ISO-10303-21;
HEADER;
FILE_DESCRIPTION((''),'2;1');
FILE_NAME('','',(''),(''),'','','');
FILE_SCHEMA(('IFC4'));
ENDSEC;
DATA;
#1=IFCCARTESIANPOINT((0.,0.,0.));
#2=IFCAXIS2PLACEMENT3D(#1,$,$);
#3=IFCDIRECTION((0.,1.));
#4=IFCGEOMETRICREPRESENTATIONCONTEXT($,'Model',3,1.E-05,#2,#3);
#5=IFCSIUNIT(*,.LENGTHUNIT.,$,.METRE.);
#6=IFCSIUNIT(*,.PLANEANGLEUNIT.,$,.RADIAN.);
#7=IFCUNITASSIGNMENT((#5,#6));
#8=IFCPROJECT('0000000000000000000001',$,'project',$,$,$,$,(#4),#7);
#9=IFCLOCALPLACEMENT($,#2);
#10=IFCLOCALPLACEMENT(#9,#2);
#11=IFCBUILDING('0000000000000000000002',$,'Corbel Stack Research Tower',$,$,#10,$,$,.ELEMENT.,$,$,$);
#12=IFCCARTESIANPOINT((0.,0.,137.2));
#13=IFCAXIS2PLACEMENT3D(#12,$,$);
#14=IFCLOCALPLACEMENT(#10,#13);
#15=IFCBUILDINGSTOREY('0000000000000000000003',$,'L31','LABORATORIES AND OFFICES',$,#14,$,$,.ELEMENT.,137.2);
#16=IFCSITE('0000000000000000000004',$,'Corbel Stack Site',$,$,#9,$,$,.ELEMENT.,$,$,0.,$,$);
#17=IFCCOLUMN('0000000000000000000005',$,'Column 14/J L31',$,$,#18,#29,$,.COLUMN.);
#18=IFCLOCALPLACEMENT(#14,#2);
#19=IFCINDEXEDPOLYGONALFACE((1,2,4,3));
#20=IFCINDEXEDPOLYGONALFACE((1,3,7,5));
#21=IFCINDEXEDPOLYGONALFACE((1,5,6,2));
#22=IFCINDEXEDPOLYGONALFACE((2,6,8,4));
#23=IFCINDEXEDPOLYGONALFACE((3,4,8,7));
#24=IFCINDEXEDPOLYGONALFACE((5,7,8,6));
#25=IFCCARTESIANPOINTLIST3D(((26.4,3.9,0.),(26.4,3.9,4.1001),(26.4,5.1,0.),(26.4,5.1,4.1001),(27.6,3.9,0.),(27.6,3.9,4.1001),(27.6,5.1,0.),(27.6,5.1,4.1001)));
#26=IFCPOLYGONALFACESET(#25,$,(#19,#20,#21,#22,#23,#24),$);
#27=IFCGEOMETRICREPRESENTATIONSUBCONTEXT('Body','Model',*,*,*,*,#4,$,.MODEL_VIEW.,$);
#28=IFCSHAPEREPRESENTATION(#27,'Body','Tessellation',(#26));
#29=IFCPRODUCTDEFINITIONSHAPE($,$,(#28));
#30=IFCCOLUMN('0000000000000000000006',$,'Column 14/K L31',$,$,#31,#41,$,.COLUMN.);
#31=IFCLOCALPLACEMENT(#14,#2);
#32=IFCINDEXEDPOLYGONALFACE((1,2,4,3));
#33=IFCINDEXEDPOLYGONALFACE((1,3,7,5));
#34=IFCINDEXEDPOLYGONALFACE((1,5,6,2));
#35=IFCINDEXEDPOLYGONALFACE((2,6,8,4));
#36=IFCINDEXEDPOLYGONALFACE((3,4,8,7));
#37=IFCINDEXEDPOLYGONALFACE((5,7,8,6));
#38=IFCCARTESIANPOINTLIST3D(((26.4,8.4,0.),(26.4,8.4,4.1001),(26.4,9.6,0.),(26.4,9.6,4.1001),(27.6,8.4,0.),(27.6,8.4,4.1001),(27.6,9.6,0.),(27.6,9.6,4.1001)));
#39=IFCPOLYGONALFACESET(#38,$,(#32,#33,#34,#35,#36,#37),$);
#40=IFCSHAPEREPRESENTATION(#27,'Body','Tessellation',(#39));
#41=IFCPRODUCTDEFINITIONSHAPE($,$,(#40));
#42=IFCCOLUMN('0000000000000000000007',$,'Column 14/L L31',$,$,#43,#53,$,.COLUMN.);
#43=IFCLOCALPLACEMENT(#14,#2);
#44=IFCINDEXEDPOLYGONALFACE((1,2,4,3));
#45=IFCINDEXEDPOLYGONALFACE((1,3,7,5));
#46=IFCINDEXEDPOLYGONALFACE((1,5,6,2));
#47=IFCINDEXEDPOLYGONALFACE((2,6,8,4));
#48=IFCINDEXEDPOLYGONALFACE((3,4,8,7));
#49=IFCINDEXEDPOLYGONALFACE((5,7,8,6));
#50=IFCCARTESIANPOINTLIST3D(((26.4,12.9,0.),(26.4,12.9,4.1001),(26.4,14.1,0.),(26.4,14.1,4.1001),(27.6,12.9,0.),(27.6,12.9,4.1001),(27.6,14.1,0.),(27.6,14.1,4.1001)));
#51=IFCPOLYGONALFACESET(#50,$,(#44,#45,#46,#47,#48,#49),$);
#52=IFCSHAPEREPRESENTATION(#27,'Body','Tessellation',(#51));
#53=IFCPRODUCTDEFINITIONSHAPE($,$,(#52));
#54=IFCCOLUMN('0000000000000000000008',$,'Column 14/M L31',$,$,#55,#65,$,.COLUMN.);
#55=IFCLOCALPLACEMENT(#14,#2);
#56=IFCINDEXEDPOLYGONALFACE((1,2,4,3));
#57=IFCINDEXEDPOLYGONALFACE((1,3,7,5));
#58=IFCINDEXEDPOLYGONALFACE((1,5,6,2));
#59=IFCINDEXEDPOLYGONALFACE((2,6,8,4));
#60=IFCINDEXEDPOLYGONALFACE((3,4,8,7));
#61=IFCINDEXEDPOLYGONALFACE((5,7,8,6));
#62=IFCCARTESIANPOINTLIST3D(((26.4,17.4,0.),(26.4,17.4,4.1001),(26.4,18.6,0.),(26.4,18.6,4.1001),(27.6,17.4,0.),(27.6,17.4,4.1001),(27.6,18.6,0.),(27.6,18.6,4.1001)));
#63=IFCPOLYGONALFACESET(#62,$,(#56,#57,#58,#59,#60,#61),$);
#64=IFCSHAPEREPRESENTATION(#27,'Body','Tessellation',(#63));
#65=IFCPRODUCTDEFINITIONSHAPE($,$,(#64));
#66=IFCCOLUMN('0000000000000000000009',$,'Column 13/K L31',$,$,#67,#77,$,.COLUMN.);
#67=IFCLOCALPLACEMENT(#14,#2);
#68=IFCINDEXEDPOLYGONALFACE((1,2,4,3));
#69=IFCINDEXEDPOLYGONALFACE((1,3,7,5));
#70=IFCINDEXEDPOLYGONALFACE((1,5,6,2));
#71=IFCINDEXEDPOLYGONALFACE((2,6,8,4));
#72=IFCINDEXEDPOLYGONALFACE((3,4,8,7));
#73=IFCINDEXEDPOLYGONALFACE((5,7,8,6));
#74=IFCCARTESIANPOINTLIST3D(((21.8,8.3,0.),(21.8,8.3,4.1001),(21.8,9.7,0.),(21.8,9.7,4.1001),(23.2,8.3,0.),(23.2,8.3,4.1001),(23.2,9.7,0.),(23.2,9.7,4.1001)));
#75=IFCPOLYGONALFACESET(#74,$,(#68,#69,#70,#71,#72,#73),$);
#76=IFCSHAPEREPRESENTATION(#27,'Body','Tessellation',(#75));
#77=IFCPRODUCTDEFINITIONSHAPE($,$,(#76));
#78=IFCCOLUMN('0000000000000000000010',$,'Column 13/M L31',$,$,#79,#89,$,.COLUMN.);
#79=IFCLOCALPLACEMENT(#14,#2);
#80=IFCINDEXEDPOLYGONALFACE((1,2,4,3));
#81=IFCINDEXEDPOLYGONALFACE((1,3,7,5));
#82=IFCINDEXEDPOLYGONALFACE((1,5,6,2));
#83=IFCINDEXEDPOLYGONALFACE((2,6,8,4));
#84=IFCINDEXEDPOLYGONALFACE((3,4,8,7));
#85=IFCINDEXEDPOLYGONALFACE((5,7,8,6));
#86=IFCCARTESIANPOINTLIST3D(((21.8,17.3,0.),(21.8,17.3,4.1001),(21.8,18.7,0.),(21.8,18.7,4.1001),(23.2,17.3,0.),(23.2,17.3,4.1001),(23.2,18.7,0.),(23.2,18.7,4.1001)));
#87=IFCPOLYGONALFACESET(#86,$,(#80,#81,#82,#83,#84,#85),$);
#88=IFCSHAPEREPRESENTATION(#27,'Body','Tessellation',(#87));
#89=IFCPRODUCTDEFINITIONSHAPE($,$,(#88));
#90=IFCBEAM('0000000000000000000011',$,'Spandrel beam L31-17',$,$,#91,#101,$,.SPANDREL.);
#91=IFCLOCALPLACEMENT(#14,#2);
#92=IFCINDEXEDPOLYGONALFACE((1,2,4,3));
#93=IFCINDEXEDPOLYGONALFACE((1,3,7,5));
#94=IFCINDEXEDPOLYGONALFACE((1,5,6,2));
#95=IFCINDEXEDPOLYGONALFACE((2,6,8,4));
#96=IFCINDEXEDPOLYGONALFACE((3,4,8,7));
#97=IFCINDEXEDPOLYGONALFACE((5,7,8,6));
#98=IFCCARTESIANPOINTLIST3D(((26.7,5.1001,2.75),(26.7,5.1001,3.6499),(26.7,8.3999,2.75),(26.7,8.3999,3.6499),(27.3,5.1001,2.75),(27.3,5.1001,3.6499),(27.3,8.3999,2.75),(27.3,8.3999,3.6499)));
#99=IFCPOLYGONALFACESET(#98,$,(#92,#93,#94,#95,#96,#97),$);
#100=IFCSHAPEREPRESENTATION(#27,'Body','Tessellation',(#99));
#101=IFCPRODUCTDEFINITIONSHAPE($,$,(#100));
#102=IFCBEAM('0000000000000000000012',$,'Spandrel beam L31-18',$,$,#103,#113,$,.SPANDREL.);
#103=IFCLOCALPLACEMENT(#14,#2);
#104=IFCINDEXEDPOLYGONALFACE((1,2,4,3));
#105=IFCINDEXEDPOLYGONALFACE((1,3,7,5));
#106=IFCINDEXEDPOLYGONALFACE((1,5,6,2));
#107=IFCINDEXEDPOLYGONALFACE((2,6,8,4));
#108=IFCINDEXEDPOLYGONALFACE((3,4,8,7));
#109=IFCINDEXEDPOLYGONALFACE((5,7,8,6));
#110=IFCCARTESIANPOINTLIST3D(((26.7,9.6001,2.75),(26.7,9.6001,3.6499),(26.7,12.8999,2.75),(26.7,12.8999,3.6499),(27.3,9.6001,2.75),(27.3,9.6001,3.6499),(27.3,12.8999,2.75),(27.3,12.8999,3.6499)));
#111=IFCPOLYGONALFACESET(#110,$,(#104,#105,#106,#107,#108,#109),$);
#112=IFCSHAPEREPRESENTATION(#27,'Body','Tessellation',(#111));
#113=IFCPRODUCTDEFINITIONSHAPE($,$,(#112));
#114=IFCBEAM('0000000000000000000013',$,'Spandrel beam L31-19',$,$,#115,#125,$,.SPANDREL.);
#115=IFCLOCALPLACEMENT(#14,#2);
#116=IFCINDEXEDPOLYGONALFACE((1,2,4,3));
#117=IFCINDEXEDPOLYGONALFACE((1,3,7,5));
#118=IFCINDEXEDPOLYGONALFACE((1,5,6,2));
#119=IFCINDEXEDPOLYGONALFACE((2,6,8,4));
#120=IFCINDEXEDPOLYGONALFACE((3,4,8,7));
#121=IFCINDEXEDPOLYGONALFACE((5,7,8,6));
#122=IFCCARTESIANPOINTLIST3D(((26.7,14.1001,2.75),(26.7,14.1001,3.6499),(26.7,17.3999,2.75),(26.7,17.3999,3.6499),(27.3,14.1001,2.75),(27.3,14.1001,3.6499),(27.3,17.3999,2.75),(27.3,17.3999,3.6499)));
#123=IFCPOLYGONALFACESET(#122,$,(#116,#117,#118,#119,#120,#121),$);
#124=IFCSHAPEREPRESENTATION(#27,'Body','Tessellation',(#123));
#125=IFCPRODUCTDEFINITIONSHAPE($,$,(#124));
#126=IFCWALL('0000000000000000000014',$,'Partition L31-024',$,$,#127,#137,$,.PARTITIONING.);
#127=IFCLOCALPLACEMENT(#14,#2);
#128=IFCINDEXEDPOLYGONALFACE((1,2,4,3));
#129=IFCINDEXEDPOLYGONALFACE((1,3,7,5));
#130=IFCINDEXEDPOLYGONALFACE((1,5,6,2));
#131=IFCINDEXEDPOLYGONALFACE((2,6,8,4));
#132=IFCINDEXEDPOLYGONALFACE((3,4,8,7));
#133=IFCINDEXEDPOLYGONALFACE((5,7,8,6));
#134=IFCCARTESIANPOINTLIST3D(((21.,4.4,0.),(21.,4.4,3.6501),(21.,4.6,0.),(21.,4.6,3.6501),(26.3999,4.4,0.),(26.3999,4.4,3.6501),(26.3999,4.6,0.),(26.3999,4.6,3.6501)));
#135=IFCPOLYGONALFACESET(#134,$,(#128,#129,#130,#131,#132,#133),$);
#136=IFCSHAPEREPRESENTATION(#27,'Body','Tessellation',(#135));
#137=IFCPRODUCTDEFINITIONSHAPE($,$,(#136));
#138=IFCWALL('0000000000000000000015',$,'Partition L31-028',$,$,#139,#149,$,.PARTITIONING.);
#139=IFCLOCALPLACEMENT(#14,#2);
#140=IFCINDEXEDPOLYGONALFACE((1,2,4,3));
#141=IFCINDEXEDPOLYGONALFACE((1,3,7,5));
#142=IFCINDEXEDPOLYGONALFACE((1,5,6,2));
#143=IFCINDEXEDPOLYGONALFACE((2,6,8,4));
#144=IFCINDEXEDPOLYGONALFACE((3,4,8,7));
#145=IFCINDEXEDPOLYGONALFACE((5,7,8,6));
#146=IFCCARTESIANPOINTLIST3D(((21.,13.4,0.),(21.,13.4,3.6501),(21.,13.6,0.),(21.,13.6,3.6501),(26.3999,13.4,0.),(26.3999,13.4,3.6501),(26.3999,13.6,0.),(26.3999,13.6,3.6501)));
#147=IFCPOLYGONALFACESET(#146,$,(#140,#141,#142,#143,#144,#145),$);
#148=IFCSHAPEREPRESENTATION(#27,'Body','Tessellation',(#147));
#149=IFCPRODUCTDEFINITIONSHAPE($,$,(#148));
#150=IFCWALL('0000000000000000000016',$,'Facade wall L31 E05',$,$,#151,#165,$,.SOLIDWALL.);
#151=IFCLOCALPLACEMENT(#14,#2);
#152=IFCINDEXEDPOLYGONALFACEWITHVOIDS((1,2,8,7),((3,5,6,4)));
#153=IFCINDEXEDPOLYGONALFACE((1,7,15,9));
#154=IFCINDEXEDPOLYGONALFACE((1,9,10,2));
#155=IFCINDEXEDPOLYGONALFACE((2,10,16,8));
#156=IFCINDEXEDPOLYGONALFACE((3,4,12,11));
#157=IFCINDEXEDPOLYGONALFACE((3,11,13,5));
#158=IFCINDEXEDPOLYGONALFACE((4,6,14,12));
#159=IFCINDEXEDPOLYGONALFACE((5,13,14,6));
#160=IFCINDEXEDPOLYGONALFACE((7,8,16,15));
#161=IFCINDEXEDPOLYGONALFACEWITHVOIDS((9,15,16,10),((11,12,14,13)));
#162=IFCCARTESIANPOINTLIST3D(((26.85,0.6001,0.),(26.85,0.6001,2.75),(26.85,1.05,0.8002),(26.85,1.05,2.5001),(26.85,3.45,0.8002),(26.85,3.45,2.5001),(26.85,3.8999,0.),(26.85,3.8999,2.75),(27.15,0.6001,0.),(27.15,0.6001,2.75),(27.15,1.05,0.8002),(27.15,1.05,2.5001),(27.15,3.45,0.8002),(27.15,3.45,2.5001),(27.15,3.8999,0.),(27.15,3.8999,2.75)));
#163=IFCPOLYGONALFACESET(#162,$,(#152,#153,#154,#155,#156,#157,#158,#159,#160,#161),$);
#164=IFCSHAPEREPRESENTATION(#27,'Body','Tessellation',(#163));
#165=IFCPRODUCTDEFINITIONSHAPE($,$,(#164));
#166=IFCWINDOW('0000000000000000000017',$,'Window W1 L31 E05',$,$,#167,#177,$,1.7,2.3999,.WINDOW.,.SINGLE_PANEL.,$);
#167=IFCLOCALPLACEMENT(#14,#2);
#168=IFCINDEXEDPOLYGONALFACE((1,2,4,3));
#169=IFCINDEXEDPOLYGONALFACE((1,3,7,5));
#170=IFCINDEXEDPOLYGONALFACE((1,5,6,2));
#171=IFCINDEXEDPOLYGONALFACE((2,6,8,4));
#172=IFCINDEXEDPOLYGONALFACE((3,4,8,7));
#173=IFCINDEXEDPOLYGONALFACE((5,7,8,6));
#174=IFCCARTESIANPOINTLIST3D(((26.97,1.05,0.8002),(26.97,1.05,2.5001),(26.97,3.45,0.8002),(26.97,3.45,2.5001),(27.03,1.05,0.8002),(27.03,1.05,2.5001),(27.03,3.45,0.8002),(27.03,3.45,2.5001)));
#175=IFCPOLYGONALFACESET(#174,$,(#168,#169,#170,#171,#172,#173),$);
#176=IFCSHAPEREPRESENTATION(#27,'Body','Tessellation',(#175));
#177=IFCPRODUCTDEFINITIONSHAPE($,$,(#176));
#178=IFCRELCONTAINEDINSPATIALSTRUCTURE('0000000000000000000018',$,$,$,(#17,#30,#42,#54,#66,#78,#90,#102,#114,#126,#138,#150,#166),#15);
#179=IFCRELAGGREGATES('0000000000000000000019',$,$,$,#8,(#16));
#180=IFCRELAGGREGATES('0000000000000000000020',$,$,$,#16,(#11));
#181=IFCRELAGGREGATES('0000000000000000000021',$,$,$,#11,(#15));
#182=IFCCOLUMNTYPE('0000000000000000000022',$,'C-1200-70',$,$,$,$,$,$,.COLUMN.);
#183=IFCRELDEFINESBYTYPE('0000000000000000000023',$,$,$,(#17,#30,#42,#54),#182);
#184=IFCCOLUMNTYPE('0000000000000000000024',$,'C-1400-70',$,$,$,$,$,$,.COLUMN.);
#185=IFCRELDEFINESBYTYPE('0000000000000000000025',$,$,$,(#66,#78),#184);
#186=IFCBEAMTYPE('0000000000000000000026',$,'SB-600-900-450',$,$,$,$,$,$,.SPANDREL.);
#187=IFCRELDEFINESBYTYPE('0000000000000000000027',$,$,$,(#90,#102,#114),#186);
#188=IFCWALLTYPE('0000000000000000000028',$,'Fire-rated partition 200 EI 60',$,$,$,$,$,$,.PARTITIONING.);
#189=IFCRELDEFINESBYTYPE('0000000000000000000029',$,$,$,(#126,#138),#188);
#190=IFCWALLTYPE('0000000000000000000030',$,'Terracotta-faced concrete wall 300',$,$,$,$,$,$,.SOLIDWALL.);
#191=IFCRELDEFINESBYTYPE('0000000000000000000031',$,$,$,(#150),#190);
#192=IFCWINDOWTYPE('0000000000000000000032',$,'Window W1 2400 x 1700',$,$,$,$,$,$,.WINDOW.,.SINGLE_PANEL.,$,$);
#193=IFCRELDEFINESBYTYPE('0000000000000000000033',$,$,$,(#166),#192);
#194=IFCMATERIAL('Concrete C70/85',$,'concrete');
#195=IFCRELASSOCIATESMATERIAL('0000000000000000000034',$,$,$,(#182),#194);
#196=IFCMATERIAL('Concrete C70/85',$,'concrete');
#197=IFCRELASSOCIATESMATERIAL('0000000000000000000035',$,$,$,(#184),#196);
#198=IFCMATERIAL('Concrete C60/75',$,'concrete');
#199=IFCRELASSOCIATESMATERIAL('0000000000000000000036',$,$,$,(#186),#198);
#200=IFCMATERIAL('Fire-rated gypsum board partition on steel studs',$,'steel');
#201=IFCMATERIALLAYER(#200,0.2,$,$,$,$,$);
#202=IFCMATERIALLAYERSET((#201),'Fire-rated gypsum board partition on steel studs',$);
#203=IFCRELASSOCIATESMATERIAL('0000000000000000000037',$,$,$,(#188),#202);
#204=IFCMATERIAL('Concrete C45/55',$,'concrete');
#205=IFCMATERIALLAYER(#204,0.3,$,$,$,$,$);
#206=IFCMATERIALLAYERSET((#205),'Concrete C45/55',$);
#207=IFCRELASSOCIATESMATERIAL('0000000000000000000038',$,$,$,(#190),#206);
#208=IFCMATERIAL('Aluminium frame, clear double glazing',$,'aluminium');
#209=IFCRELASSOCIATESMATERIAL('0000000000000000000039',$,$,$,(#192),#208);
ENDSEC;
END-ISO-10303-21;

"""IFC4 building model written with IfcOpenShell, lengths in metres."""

from ifc_helpers import new_model, si_unit, direction, frame, frame_2d, origin, origin_2d, place, context, subcontext, project, spatial, rectangle, extrude, material, layer, layer_set, material_profile, profile_set, type_object, element, fill, save


model = new_model("IFC4")

# Units and contexts
model_context = context("Model", 3, precision=1e-05, world=origin(), true_north=direction((0.0, 1.0)))
body_context = subcontext(model_context, "Body", "Model", "MODEL_VIEW")
ifc_project = project(units=[si_unit("LENGTHUNIT", "METRE"), si_unit("PLANEANGLEUNIT", "RADIAN")], contexts=[model_context])

# Site, building, storey
site_placement = place(None, origin())
site = spatial("IfcSite", under=ifc_project, at=site_placement, Name="Corbel Stack Site", CompositionType="ELEMENT", RefElevation=0.0)
building_placement = place(site_placement, origin())
building = spatial("IfcBuilding", under=site, at=building_placement, Name="Corbel Stack Research Tower", CompositionType="ELEMENT")
storey_placement = place(building_placement, frame((0.0, 0.0, 137.2)))
storey = spatial("IfcBuildingStorey", under=building, at=storey_placement, Name="L31", Description="LABORATORIES AND OFFICES", CompositionType="ELEMENT", Elevation=137.2)

# Columns
ifc_material_1 = material(Name="Concrete C70/85", Category="concrete")
ifc_material_profile_1 = material_profile(ifc_material_1, rectangle(XDim=1.2, YDim=1.2, at=origin_2d()), Name="RC 1200 x 1200")
ifc_profile_set_1 = profile_set([ifc_material_profile_1], Name="Concrete C70/85")
column_type_1 = type_object("IfcColumnType", Name="C-1200-70", PredefinedType="COLUMN", material=ifc_profile_set_1)
for number, where, z_axis, x_axis, name in (
    (1, (27.0, 4.5, 0.0), (0.0, 0.0, 1.0), (1.0, 0.0, 0.0), "Column 14/J L31"),
    (2, (27.0, 9.0, 0.0), (0.0, 0.0, 1.0), (1.0, 0.0, 0.0), "Column 14/K L31"),
    (3, (27.0, 13.5, 0.0), (0.0, 0.0, 1.0), (1.0, 0.0, 0.0), "Column 14/L L31"),
    (4, (27.0, 18.0, 0.0), (0.0, 0.0, 1.0), (1.0, 0.0, 0.0), "Column 14/M L31"),
):
    element("IfcColumn", number, at=place(storey_placement, frame(where, z_axis=z_axis, x_axis=x_axis)), inside=storey, type_object=column_type_1, Name=name, PredefinedType="COLUMN", context=body_context, shape_type="SweptSolid", body=[
        extrude(rectangle(XDim=1.2, YDim=1.2, at=origin_2d()), origin(), (0.0, 0.0, 1.0), 4.1001),
    ])
ifc_material_2 = material(Name="Concrete C70/85", Category="concrete")
ifc_material_profile_2 = material_profile(ifc_material_2, rectangle(XDim=1.3999, YDim=1.3999, at=origin_2d()), Name="RC 1400 x 1400")
ifc_profile_set_2 = profile_set([ifc_material_profile_2], Name="Concrete C70/85")
column_type_2 = type_object("IfcColumnType", Name="C-1400-70", PredefinedType="COLUMN", material=ifc_profile_set_2)
for number, where, z_axis, x_axis, name in (
    (5, (22.5, 9.0, 0.0), (0.0, 0.0, 1.0), (1.0, 0.0, 0.0), "Column 13/K L31"),
    (6, (22.5, 18.0, 0.0), (0.0, 0.0, 1.0), (1.0, 0.0, 0.0), "Column 13/M L31"),
):
    element("IfcColumn", number, at=place(storey_placement, frame(where, z_axis=z_axis, x_axis=x_axis)), inside=storey, type_object=column_type_2, Name=name, PredefinedType="COLUMN", context=body_context, shape_type="SweptSolid", body=[
        extrude(rectangle(XDim=1.3999, YDim=1.3999, at=origin_2d()), origin(), (0.0, 0.0, 1.0), 4.1001),
    ])

# Beams
ifc_material_3 = material(Name="Concrete C60/75", Category="concrete")
ifc_material_profile_3 = material_profile(ifc_material_3, rectangle(XDim=0.6001, YDim=0.8999, at=origin_2d()), Name="RC 600 x 900")
ifc_profile_set_3 = profile_set([ifc_material_profile_3], Name="Concrete C60/75")
beam_type = type_object("IfcBeamType", Name="SB-600-900-450", PredefinedType="SPANDREL", material=ifc_profile_set_3)
for number, where, z_axis, x_axis, name in (
    (7, (27.0, 5.1001, 3.2), (0.0, 1.0, 0.0), (-1.0, 0.0, 0.0), "Spandrel beam L31-17"),
    (8, (27.0, 9.6001, 3.2), (0.0, 1.0, 0.0), (-1.0, 0.0, 0.0), "Spandrel beam L31-18"),
    (9, (27.0, 14.1001, 3.2), (0.0, 1.0, 0.0), (-1.0, 0.0, 0.0), "Spandrel beam L31-19"),
):
    element("IfcBeam", number, at=place(storey_placement, frame(where, z_axis=z_axis, x_axis=x_axis)), inside=storey, type_object=beam_type, Name=name, PredefinedType="SPANDREL", context=body_context, shape_type="SweptSolid", body=[
        extrude(rectangle(XDim=0.6001, YDim=0.8999, at=origin_2d()), origin(), (0.0, 0.0, 1.0), 3.2998),
    ])

# Walls
ifc_material_4 = material(Name="Fire-rated gypsum board partition on steel studs", Category="steel")
ifc_layer_1 = layer(ifc_material_4, 0.2)
ifc_layer_set_1 = layer_set([ifc_layer_1], Name="Fire-rated gypsum board partition on steel studs")
wall_type_1 = type_object("IfcWallType", Name="Fire-rated partition 200 EI 60", PredefinedType="PARTITIONING", material=ifc_layer_set_1)
for number, where, z_axis, x_axis, name in (
    (10, (21.0, 4.5, 0.0), (0.0, 0.0, 1.0), (1.0, 0.0, 0.0), "Partition L31-024"),
    (11, (21.0, 13.5, 0.0), (0.0, 0.0, 1.0), (1.0, 0.0, 0.0), "Partition L31-028"),
):
    element("IfcWall", number, at=place(storey_placement, frame(where, z_axis=z_axis, x_axis=x_axis)), inside=storey, type_object=wall_type_1, Name=name, PredefinedType="PARTITIONING", context=body_context, shape_type="SweptSolid", body=[
        extrude(rectangle(XDim=5.3999, YDim=0.2, at=frame_2d((2.7, 0.0))), origin(), (0.0, 0.0, 1.0), 3.6501),
    ])

# Wall, opening, window
ifc_material_5 = material(Name="Concrete C45/55", Category="concrete")
ifc_layer_2 = layer(ifc_material_5, 0.3)
ifc_layer_set_2 = layer_set([ifc_layer_2], Name="Concrete C45/55")
wall_type_2 = type_object("IfcWallType", Name="Terracotta-faced concrete wall 300", PredefinedType="SOLIDWALL", material=ifc_layer_set_2)
wall_1_placement = place(storey_placement, frame((27.0, 3.8999, 0.0), z_axis=(0.0, 0.0, 1.0), x_axis=(0.0, -1.0, 0.0)))
wall_1 = element("IfcWall", 12, at=wall_1_placement, inside=storey, type_object=wall_type_2, Name="Facade wall L31 E05", PredefinedType="SOLIDWALL", context=body_context, shape_type="SweptSolid", body=[
    extrude(rectangle(XDim=3.2998, YDim=0.3, at=frame_2d((1.6499, 0.0))), origin(), (0.0, 0.0, 1.0), 2.75),
])
opening_1_placement = place(wall_1_placement, frame((0.45, 0.0, 0.8)))
opening_1 = element("IfcOpeningElement", 13, at=opening_1_placement, cuts=wall_1, PredefinedType="OPENING", context=body_context, shape_type="SweptSolid", body=[
    extrude(rectangle(XDim=2.3999, YDim=1.7, at=frame_2d((1.2, 0.8501))), frame((0.0, 0.1599, 0.0), z_axis=(0.0, -1.0, 0.0), x_axis=(1.0, 0.0, 0.0)), (0.0, 0.0, 1.0), 0.3201),
])
ifc_material_6 = material(Name="Aluminium frame, clear double glazing", Category="aluminium")
window_type = type_object("IfcWindowType", Name="Window W1 2400 x 1700", PartitioningType="SINGLE_PANEL", PredefinedType="WINDOW", material=ifc_material_6)
window_1_placement = place(opening_1_placement, origin())
window_1 = element("IfcWindow", 14, at=window_1_placement, inside=storey, type_object=window_type, Name="Window W1 L31 E05", OverallHeight=1.7, OverallWidth=2.3999, PartitioningType="SINGLE_PANEL", PredefinedType="WINDOW", context=body_context, shape_type="SweptSolid", body=[
    extrude(rectangle(XDim=2.3999, YDim=1.7, at=frame_2d((1.2, 0.8501))), frame((0.0, 0.03, 0.0), z_axis=(0.0, -1.0, 0.0), x_axis=(1.0, 0.0, 0.0)), (0.0, 0.0, 1.0), 0.0601),
])
fill(opening_1, window_1)

save(model, "model.ifc")
